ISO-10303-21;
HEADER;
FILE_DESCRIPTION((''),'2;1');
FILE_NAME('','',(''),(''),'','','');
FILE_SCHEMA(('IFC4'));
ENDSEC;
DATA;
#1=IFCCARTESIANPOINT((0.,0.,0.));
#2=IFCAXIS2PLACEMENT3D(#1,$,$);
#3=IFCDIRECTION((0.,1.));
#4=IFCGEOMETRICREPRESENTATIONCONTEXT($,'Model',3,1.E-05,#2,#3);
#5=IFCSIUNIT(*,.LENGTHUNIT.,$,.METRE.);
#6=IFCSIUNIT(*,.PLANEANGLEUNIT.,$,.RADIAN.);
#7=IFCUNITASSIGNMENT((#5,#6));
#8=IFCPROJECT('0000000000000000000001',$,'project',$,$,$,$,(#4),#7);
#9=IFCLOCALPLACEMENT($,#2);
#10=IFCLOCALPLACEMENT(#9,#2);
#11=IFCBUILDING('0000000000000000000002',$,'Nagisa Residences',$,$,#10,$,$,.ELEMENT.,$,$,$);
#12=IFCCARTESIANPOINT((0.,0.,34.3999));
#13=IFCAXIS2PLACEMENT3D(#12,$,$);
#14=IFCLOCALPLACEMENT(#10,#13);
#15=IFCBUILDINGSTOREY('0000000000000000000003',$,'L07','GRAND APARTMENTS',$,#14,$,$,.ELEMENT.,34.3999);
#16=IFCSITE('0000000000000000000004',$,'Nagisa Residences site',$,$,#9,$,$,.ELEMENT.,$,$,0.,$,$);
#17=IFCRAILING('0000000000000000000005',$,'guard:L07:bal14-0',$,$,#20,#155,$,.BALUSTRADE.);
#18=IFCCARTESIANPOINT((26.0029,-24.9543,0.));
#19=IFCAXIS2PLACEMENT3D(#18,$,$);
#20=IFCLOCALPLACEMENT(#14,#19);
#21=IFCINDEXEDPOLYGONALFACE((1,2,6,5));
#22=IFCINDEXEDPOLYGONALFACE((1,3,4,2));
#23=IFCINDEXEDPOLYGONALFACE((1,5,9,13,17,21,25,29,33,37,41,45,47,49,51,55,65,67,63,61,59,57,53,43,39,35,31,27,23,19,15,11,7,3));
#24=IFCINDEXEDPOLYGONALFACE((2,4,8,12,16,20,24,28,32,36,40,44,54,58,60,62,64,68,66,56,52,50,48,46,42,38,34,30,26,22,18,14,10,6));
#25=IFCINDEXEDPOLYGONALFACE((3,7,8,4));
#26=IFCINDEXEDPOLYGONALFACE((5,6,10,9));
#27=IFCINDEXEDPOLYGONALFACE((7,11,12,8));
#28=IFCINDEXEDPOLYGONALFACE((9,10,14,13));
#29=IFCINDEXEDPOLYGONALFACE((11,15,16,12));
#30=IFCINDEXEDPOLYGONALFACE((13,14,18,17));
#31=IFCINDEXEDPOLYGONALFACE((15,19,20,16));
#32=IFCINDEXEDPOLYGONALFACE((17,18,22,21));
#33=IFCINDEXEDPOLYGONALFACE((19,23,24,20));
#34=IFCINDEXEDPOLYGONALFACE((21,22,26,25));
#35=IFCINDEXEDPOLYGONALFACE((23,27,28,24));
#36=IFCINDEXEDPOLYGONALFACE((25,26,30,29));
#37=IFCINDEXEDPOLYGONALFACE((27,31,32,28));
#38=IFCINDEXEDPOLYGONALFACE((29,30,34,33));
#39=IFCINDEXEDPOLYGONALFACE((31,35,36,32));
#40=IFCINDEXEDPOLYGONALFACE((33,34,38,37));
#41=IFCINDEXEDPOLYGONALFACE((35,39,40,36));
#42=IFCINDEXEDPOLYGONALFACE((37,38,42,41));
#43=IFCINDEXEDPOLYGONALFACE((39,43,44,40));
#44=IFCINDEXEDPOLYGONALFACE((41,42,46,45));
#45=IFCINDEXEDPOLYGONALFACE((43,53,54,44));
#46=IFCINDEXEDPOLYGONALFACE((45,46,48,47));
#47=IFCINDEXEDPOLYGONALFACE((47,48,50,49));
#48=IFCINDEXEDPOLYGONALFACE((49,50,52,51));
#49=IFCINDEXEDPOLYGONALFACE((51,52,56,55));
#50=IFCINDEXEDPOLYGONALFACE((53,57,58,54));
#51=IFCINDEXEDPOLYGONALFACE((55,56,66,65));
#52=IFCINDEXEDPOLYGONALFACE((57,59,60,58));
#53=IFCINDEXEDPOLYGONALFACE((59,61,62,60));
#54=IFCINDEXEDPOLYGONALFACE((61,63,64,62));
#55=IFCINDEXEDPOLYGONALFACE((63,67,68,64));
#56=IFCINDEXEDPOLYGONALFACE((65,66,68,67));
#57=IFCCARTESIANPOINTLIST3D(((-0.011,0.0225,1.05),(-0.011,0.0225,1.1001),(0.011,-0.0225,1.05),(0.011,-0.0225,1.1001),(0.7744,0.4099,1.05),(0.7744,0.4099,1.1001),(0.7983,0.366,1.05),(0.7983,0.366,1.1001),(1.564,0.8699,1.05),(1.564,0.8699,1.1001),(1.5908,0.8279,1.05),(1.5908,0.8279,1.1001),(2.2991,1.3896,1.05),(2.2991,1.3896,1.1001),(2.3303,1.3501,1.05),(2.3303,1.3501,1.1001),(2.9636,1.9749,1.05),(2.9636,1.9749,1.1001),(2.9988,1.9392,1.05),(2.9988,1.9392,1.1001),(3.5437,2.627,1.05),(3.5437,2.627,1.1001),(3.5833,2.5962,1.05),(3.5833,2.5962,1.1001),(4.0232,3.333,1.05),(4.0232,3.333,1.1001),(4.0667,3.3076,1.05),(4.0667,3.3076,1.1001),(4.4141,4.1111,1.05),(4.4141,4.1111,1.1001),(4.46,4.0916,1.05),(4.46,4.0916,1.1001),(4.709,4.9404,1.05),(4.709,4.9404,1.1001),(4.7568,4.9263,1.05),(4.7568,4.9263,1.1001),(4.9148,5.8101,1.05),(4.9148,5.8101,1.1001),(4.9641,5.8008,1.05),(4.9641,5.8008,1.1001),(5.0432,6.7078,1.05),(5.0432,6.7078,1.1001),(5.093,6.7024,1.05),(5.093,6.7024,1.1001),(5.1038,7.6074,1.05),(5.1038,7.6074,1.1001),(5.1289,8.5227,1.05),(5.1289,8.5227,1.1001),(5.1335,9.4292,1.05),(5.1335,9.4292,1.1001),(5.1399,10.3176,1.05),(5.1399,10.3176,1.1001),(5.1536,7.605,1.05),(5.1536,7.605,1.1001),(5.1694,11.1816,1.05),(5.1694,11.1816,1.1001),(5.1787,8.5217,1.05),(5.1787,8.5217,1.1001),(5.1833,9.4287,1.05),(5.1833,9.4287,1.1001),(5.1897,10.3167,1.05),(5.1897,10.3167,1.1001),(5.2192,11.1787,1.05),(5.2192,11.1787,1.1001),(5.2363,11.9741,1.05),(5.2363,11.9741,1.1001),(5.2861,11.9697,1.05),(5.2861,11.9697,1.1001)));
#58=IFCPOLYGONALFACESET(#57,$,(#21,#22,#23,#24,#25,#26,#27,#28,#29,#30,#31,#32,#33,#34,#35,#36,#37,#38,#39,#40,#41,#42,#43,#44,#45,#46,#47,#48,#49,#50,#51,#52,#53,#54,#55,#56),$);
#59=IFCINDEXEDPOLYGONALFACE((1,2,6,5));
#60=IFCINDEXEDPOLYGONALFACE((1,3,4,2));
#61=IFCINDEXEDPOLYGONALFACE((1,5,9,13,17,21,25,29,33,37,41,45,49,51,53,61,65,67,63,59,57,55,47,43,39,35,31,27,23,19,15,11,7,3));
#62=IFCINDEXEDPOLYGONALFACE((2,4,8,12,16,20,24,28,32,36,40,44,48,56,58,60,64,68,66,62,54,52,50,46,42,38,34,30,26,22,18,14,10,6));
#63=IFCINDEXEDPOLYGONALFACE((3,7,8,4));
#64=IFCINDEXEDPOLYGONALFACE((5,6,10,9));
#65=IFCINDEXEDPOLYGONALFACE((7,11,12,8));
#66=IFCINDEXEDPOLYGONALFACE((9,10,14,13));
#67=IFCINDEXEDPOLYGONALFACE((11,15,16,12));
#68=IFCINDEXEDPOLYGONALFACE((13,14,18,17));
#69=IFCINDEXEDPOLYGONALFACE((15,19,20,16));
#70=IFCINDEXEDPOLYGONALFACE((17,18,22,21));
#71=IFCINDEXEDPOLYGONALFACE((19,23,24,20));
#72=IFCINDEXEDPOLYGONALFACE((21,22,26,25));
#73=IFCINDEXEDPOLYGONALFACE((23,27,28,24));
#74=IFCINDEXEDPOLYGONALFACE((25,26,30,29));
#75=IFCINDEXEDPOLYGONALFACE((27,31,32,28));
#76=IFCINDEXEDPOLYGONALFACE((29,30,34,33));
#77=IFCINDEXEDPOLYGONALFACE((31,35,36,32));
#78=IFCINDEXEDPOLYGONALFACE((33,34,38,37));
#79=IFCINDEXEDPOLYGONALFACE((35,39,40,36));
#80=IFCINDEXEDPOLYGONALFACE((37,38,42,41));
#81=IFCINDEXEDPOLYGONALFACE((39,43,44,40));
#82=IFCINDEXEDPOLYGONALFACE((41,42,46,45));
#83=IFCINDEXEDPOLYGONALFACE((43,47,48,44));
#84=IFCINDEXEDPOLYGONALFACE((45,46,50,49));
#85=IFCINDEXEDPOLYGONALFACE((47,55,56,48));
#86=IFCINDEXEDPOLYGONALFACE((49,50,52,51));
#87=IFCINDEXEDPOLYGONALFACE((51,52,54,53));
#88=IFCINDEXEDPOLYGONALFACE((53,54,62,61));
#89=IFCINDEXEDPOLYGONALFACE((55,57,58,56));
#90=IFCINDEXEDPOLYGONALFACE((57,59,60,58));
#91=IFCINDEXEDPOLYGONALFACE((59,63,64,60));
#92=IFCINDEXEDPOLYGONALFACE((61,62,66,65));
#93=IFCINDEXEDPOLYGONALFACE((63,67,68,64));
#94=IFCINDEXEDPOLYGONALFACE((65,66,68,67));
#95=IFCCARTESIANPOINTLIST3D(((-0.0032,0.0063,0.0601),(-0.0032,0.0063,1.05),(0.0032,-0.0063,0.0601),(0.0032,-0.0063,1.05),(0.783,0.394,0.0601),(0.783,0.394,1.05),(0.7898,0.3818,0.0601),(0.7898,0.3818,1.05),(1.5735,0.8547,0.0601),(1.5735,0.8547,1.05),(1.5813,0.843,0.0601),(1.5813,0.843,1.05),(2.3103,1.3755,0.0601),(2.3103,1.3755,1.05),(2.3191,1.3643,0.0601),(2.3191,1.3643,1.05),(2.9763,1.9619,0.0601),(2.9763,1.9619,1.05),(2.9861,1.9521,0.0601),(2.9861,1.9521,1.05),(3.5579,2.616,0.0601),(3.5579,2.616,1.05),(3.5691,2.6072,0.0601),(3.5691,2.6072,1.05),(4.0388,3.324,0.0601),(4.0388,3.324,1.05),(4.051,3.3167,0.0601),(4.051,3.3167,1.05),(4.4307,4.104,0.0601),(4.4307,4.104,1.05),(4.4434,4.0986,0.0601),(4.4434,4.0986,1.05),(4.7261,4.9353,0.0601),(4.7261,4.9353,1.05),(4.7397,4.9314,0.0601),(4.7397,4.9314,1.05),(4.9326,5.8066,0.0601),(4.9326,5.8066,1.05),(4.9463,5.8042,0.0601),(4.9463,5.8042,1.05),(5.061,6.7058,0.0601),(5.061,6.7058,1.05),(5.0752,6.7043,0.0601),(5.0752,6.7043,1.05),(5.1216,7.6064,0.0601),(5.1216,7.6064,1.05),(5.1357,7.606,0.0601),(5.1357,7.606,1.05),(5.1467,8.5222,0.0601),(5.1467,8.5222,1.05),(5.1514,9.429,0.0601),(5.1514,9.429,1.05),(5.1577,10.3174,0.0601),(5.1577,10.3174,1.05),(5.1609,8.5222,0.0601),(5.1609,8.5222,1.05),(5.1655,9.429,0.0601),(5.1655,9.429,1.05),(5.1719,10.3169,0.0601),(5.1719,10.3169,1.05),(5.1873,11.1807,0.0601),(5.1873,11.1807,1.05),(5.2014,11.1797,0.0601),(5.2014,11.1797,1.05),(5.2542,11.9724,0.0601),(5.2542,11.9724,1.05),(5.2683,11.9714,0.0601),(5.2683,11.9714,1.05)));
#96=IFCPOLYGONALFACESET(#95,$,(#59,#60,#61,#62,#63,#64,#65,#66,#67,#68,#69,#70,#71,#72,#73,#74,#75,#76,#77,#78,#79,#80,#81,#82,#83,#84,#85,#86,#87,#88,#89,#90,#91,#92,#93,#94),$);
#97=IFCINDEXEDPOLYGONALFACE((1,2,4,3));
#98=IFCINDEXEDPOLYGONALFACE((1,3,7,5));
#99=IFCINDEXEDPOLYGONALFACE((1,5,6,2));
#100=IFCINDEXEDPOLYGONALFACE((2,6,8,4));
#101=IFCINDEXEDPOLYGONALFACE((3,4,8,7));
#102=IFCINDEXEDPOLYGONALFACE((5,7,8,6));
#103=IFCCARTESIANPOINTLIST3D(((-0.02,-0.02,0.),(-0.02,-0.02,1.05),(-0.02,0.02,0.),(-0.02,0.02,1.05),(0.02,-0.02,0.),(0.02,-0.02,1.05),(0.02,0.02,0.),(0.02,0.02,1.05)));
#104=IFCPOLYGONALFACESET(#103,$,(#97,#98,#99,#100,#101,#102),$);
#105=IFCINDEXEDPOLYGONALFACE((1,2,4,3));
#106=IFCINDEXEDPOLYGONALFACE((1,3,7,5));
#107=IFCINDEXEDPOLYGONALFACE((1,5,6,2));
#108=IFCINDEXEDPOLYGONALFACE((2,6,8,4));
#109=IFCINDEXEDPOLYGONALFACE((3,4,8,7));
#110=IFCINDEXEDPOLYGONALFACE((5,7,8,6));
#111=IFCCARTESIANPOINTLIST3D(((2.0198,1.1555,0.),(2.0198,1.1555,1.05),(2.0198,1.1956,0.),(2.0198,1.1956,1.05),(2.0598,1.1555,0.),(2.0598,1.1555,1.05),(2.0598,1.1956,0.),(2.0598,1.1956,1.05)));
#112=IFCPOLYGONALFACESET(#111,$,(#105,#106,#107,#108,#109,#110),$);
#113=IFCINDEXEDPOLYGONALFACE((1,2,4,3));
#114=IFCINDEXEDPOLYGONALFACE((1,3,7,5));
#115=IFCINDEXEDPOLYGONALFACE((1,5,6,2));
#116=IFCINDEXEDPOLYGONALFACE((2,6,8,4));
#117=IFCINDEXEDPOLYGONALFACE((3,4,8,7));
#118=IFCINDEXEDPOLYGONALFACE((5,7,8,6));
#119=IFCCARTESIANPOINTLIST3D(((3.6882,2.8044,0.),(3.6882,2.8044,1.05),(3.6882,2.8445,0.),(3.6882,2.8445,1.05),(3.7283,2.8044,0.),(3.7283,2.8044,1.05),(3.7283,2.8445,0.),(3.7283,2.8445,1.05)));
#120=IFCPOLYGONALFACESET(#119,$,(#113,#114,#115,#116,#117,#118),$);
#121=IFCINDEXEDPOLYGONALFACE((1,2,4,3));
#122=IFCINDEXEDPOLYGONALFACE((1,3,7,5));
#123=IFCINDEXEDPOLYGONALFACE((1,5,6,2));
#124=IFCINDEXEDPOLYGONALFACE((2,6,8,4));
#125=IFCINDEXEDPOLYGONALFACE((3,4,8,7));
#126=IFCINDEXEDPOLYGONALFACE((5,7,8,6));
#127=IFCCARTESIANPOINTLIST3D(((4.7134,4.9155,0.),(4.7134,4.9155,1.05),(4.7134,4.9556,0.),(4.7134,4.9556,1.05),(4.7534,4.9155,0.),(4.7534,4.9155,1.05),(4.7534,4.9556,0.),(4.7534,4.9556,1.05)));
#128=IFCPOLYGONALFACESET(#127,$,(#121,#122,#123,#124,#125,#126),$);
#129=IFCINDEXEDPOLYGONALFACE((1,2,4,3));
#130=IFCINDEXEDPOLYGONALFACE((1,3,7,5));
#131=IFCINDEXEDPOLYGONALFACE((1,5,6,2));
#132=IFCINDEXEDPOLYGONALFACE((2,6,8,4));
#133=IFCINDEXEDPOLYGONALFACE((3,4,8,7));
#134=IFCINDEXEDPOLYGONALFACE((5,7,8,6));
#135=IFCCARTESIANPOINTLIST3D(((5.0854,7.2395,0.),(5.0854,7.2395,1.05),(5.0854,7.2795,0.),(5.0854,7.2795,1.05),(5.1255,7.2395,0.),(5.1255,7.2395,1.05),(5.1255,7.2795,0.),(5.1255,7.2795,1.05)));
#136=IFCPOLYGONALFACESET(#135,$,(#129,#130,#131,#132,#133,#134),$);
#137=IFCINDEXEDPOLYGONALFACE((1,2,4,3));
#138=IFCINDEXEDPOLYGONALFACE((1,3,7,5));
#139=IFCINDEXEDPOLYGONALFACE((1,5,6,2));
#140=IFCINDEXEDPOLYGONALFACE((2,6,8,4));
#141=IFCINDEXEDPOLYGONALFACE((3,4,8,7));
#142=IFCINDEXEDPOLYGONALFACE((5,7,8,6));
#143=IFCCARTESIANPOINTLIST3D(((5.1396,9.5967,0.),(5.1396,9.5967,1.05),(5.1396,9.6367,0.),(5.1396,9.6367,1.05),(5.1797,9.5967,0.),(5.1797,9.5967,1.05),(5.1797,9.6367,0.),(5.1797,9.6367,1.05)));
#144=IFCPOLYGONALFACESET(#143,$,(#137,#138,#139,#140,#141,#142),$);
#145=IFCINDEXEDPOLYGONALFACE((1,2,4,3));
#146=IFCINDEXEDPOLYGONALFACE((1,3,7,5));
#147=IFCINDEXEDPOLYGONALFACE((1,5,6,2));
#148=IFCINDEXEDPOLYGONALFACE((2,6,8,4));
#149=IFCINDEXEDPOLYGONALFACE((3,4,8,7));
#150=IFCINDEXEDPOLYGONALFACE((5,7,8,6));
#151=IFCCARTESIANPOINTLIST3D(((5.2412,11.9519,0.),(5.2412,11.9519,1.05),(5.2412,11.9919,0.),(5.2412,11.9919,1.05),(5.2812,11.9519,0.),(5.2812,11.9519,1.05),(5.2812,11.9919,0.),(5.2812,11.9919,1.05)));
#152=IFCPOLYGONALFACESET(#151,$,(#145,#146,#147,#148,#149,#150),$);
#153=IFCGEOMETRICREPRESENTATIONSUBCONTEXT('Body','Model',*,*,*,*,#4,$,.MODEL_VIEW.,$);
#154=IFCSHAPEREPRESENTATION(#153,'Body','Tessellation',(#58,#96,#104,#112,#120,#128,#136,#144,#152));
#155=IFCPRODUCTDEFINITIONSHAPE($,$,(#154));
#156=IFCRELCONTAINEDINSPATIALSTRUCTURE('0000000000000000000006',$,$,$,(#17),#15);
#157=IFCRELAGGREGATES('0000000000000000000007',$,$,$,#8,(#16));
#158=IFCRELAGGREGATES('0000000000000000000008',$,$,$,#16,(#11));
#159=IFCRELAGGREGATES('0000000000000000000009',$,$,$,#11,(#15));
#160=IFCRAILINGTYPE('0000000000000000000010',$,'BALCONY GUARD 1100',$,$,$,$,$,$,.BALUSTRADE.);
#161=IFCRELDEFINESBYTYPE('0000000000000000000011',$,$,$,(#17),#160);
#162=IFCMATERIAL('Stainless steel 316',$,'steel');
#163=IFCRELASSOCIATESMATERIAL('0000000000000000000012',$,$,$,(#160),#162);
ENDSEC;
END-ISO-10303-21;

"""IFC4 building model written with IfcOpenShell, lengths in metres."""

from ifc_helpers import new_model, si_unit, direction, frame, origin, origin_2d, place, context, subcontext, project, spatial, polyline, rectangle, outline, extrude, material, type_object, element, save


model = new_model("IFC4")

# Units and contexts
model_context = context("Model", 3, precision=1e-05, world=origin(), true_north=direction((0.0, 1.0)))
body_context = subcontext(model_context, "Body", "Model", "MODEL_VIEW")
ifc_project = project(units=[si_unit("LENGTHUNIT", "METRE"), si_unit("PLANEANGLEUNIT", "RADIAN")], contexts=[model_context])

# Site, building, storey
site_placement = place(None, origin())
site = spatial("IfcSite", under=ifc_project, at=site_placement, Name="Nagisa Residences site", CompositionType="ELEMENT", RefElevation=0.0)
building_placement = place(site_placement, origin())
building = spatial("IfcBuilding", under=site, at=building_placement, Name="Nagisa Residences", CompositionType="ELEMENT")
storey_placement = place(building_placement, frame((0.0, 0.0, 34.3999)))
storey = spatial("IfcBuildingStorey", under=building, at=storey_placement, Name="L07", Description="GRAND APARTMENTS", CompositionType="ELEMENT", Elevation=34.3999)

# Railing
ifc_material_1 = material(Name="Stainless steel 316", Category="steel")
railing_type = type_object("IfcRailingType", Name="BALCONY GUARD 1100", PredefinedType="BALUSTRADE", material=ifc_material_1)
railing_placement = place(storey_placement, frame((26.0029, -24.9543, 0.0)))
element("IfcRailing", 1, at=railing_placement, inside=storey, type_object=railing_type, Name="guard:L07:bal14-0", PredefinedType="BALUSTRADE", context=body_context, shape_type="SweptSolid", body=[
    extrude(outline(polyline([(0.7744, 0.4099), (-0.011, 0.0225), (0.011, -0.0225), (0.7983, 0.366), (1.5908, 0.8279), (2.3303, 1.3501), (2.9988, 1.9392), (3.5833, 2.5962), (4.0667, 3.3076), (4.46, 4.0916), (4.7568, 4.9263), (4.9641, 5.8008), (5.093, 6.7024), (5.1536, 7.605), (5.1787, 8.5217), (5.1833, 9.4287), (5.1897, 10.3167), (5.2192, 11.1787), (5.2861, 11.9697), (5.2363, 11.9741), (5.1694, 11.1816), (5.1399, 10.3176), (5.1335, 9.4292), (5.1289, 8.5227), (5.1038, 7.6074), (5.0432, 6.7078), (4.9148, 5.8101), (4.709, 4.9404), (4.4141, 4.1111), (4.0232, 3.333), (3.5437, 2.627), (2.9636, 1.9749), (2.2991, 1.3896), (1.564, 0.8699), (0.7744, 0.4099)])), frame((0.0, 0.0, 1.05)), (0.0, 0.0, 1.0), 0.05),
    extrude(outline(polyline([(0.783, 0.394), (-0.0032, 0.0063), (0.0032, -0.0063), (0.7898, 0.3818), (1.5813, 0.843), (2.3191, 1.3643), (2.9861, 1.9521), (3.5691, 2.6072), (4.051, 3.3167), (4.4434, 4.0986), (4.7397, 4.9314), (4.9463, 5.8042), (5.0752, 6.7043), (5.1357, 7.606), (5.1609, 8.5222), (5.1655, 9.429), (5.1719, 10.3169), (5.2014, 11.1797), (5.2683, 11.9714), (5.2542, 11.9724), (5.1873, 11.1807), (5.1577, 10.3174), (5.1514, 9.429), (5.1467, 8.5222), (5.1216, 7.6064), (5.061, 6.7058), (4.9326, 5.8066), (4.7261, 4.9353), (4.4307, 4.104), (4.0388, 3.324), (3.5579, 2.616), (2.9763, 1.9619), (2.3103, 1.3755), (1.5735, 0.8547), (0.783, 0.394)])), frame((0.0, 0.0, 0.0601)), (0.0, 0.0, 1.0), 0.99),
    extrude(rectangle(XDim=0.04, YDim=0.04, at=origin_2d()), origin(), (0.0, 0.0, 1.0), 1.05),
    extrude(rectangle(XDim=0.04, YDim=0.04, at=origin_2d()), frame((2.0398, 1.1755, 0.0)), (0.0, 0.0, 1.0), 1.05),
    extrude(rectangle(XDim=0.04, YDim=0.04, at=origin_2d()), frame((3.7083, 2.8245, 0.0)), (0.0, 0.0, 1.0), 1.05),
    extrude(rectangle(XDim=0.04, YDim=0.04, at=origin_2d()), frame((4.7334, 4.9355, 0.0)), (0.0, 0.0, 1.0), 1.05),
    extrude(rectangle(XDim=0.04, YDim=0.04, at=origin_2d()), frame((5.1055, 7.2595, 0.0)), (0.0, 0.0, 1.0), 1.05),
    extrude(rectangle(XDim=0.04, YDim=0.04, at=origin_2d()), frame((5.1597, 9.6167, 0.0)), (0.0, 0.0, 1.0), 1.05),
    extrude(rectangle(XDim=0.04, YDim=0.04, at=origin_2d()), frame((5.2612, 11.9719, 0.0)), (0.0, 0.0, 1.0), 1.05),
])

save(model, "model.ifc")
